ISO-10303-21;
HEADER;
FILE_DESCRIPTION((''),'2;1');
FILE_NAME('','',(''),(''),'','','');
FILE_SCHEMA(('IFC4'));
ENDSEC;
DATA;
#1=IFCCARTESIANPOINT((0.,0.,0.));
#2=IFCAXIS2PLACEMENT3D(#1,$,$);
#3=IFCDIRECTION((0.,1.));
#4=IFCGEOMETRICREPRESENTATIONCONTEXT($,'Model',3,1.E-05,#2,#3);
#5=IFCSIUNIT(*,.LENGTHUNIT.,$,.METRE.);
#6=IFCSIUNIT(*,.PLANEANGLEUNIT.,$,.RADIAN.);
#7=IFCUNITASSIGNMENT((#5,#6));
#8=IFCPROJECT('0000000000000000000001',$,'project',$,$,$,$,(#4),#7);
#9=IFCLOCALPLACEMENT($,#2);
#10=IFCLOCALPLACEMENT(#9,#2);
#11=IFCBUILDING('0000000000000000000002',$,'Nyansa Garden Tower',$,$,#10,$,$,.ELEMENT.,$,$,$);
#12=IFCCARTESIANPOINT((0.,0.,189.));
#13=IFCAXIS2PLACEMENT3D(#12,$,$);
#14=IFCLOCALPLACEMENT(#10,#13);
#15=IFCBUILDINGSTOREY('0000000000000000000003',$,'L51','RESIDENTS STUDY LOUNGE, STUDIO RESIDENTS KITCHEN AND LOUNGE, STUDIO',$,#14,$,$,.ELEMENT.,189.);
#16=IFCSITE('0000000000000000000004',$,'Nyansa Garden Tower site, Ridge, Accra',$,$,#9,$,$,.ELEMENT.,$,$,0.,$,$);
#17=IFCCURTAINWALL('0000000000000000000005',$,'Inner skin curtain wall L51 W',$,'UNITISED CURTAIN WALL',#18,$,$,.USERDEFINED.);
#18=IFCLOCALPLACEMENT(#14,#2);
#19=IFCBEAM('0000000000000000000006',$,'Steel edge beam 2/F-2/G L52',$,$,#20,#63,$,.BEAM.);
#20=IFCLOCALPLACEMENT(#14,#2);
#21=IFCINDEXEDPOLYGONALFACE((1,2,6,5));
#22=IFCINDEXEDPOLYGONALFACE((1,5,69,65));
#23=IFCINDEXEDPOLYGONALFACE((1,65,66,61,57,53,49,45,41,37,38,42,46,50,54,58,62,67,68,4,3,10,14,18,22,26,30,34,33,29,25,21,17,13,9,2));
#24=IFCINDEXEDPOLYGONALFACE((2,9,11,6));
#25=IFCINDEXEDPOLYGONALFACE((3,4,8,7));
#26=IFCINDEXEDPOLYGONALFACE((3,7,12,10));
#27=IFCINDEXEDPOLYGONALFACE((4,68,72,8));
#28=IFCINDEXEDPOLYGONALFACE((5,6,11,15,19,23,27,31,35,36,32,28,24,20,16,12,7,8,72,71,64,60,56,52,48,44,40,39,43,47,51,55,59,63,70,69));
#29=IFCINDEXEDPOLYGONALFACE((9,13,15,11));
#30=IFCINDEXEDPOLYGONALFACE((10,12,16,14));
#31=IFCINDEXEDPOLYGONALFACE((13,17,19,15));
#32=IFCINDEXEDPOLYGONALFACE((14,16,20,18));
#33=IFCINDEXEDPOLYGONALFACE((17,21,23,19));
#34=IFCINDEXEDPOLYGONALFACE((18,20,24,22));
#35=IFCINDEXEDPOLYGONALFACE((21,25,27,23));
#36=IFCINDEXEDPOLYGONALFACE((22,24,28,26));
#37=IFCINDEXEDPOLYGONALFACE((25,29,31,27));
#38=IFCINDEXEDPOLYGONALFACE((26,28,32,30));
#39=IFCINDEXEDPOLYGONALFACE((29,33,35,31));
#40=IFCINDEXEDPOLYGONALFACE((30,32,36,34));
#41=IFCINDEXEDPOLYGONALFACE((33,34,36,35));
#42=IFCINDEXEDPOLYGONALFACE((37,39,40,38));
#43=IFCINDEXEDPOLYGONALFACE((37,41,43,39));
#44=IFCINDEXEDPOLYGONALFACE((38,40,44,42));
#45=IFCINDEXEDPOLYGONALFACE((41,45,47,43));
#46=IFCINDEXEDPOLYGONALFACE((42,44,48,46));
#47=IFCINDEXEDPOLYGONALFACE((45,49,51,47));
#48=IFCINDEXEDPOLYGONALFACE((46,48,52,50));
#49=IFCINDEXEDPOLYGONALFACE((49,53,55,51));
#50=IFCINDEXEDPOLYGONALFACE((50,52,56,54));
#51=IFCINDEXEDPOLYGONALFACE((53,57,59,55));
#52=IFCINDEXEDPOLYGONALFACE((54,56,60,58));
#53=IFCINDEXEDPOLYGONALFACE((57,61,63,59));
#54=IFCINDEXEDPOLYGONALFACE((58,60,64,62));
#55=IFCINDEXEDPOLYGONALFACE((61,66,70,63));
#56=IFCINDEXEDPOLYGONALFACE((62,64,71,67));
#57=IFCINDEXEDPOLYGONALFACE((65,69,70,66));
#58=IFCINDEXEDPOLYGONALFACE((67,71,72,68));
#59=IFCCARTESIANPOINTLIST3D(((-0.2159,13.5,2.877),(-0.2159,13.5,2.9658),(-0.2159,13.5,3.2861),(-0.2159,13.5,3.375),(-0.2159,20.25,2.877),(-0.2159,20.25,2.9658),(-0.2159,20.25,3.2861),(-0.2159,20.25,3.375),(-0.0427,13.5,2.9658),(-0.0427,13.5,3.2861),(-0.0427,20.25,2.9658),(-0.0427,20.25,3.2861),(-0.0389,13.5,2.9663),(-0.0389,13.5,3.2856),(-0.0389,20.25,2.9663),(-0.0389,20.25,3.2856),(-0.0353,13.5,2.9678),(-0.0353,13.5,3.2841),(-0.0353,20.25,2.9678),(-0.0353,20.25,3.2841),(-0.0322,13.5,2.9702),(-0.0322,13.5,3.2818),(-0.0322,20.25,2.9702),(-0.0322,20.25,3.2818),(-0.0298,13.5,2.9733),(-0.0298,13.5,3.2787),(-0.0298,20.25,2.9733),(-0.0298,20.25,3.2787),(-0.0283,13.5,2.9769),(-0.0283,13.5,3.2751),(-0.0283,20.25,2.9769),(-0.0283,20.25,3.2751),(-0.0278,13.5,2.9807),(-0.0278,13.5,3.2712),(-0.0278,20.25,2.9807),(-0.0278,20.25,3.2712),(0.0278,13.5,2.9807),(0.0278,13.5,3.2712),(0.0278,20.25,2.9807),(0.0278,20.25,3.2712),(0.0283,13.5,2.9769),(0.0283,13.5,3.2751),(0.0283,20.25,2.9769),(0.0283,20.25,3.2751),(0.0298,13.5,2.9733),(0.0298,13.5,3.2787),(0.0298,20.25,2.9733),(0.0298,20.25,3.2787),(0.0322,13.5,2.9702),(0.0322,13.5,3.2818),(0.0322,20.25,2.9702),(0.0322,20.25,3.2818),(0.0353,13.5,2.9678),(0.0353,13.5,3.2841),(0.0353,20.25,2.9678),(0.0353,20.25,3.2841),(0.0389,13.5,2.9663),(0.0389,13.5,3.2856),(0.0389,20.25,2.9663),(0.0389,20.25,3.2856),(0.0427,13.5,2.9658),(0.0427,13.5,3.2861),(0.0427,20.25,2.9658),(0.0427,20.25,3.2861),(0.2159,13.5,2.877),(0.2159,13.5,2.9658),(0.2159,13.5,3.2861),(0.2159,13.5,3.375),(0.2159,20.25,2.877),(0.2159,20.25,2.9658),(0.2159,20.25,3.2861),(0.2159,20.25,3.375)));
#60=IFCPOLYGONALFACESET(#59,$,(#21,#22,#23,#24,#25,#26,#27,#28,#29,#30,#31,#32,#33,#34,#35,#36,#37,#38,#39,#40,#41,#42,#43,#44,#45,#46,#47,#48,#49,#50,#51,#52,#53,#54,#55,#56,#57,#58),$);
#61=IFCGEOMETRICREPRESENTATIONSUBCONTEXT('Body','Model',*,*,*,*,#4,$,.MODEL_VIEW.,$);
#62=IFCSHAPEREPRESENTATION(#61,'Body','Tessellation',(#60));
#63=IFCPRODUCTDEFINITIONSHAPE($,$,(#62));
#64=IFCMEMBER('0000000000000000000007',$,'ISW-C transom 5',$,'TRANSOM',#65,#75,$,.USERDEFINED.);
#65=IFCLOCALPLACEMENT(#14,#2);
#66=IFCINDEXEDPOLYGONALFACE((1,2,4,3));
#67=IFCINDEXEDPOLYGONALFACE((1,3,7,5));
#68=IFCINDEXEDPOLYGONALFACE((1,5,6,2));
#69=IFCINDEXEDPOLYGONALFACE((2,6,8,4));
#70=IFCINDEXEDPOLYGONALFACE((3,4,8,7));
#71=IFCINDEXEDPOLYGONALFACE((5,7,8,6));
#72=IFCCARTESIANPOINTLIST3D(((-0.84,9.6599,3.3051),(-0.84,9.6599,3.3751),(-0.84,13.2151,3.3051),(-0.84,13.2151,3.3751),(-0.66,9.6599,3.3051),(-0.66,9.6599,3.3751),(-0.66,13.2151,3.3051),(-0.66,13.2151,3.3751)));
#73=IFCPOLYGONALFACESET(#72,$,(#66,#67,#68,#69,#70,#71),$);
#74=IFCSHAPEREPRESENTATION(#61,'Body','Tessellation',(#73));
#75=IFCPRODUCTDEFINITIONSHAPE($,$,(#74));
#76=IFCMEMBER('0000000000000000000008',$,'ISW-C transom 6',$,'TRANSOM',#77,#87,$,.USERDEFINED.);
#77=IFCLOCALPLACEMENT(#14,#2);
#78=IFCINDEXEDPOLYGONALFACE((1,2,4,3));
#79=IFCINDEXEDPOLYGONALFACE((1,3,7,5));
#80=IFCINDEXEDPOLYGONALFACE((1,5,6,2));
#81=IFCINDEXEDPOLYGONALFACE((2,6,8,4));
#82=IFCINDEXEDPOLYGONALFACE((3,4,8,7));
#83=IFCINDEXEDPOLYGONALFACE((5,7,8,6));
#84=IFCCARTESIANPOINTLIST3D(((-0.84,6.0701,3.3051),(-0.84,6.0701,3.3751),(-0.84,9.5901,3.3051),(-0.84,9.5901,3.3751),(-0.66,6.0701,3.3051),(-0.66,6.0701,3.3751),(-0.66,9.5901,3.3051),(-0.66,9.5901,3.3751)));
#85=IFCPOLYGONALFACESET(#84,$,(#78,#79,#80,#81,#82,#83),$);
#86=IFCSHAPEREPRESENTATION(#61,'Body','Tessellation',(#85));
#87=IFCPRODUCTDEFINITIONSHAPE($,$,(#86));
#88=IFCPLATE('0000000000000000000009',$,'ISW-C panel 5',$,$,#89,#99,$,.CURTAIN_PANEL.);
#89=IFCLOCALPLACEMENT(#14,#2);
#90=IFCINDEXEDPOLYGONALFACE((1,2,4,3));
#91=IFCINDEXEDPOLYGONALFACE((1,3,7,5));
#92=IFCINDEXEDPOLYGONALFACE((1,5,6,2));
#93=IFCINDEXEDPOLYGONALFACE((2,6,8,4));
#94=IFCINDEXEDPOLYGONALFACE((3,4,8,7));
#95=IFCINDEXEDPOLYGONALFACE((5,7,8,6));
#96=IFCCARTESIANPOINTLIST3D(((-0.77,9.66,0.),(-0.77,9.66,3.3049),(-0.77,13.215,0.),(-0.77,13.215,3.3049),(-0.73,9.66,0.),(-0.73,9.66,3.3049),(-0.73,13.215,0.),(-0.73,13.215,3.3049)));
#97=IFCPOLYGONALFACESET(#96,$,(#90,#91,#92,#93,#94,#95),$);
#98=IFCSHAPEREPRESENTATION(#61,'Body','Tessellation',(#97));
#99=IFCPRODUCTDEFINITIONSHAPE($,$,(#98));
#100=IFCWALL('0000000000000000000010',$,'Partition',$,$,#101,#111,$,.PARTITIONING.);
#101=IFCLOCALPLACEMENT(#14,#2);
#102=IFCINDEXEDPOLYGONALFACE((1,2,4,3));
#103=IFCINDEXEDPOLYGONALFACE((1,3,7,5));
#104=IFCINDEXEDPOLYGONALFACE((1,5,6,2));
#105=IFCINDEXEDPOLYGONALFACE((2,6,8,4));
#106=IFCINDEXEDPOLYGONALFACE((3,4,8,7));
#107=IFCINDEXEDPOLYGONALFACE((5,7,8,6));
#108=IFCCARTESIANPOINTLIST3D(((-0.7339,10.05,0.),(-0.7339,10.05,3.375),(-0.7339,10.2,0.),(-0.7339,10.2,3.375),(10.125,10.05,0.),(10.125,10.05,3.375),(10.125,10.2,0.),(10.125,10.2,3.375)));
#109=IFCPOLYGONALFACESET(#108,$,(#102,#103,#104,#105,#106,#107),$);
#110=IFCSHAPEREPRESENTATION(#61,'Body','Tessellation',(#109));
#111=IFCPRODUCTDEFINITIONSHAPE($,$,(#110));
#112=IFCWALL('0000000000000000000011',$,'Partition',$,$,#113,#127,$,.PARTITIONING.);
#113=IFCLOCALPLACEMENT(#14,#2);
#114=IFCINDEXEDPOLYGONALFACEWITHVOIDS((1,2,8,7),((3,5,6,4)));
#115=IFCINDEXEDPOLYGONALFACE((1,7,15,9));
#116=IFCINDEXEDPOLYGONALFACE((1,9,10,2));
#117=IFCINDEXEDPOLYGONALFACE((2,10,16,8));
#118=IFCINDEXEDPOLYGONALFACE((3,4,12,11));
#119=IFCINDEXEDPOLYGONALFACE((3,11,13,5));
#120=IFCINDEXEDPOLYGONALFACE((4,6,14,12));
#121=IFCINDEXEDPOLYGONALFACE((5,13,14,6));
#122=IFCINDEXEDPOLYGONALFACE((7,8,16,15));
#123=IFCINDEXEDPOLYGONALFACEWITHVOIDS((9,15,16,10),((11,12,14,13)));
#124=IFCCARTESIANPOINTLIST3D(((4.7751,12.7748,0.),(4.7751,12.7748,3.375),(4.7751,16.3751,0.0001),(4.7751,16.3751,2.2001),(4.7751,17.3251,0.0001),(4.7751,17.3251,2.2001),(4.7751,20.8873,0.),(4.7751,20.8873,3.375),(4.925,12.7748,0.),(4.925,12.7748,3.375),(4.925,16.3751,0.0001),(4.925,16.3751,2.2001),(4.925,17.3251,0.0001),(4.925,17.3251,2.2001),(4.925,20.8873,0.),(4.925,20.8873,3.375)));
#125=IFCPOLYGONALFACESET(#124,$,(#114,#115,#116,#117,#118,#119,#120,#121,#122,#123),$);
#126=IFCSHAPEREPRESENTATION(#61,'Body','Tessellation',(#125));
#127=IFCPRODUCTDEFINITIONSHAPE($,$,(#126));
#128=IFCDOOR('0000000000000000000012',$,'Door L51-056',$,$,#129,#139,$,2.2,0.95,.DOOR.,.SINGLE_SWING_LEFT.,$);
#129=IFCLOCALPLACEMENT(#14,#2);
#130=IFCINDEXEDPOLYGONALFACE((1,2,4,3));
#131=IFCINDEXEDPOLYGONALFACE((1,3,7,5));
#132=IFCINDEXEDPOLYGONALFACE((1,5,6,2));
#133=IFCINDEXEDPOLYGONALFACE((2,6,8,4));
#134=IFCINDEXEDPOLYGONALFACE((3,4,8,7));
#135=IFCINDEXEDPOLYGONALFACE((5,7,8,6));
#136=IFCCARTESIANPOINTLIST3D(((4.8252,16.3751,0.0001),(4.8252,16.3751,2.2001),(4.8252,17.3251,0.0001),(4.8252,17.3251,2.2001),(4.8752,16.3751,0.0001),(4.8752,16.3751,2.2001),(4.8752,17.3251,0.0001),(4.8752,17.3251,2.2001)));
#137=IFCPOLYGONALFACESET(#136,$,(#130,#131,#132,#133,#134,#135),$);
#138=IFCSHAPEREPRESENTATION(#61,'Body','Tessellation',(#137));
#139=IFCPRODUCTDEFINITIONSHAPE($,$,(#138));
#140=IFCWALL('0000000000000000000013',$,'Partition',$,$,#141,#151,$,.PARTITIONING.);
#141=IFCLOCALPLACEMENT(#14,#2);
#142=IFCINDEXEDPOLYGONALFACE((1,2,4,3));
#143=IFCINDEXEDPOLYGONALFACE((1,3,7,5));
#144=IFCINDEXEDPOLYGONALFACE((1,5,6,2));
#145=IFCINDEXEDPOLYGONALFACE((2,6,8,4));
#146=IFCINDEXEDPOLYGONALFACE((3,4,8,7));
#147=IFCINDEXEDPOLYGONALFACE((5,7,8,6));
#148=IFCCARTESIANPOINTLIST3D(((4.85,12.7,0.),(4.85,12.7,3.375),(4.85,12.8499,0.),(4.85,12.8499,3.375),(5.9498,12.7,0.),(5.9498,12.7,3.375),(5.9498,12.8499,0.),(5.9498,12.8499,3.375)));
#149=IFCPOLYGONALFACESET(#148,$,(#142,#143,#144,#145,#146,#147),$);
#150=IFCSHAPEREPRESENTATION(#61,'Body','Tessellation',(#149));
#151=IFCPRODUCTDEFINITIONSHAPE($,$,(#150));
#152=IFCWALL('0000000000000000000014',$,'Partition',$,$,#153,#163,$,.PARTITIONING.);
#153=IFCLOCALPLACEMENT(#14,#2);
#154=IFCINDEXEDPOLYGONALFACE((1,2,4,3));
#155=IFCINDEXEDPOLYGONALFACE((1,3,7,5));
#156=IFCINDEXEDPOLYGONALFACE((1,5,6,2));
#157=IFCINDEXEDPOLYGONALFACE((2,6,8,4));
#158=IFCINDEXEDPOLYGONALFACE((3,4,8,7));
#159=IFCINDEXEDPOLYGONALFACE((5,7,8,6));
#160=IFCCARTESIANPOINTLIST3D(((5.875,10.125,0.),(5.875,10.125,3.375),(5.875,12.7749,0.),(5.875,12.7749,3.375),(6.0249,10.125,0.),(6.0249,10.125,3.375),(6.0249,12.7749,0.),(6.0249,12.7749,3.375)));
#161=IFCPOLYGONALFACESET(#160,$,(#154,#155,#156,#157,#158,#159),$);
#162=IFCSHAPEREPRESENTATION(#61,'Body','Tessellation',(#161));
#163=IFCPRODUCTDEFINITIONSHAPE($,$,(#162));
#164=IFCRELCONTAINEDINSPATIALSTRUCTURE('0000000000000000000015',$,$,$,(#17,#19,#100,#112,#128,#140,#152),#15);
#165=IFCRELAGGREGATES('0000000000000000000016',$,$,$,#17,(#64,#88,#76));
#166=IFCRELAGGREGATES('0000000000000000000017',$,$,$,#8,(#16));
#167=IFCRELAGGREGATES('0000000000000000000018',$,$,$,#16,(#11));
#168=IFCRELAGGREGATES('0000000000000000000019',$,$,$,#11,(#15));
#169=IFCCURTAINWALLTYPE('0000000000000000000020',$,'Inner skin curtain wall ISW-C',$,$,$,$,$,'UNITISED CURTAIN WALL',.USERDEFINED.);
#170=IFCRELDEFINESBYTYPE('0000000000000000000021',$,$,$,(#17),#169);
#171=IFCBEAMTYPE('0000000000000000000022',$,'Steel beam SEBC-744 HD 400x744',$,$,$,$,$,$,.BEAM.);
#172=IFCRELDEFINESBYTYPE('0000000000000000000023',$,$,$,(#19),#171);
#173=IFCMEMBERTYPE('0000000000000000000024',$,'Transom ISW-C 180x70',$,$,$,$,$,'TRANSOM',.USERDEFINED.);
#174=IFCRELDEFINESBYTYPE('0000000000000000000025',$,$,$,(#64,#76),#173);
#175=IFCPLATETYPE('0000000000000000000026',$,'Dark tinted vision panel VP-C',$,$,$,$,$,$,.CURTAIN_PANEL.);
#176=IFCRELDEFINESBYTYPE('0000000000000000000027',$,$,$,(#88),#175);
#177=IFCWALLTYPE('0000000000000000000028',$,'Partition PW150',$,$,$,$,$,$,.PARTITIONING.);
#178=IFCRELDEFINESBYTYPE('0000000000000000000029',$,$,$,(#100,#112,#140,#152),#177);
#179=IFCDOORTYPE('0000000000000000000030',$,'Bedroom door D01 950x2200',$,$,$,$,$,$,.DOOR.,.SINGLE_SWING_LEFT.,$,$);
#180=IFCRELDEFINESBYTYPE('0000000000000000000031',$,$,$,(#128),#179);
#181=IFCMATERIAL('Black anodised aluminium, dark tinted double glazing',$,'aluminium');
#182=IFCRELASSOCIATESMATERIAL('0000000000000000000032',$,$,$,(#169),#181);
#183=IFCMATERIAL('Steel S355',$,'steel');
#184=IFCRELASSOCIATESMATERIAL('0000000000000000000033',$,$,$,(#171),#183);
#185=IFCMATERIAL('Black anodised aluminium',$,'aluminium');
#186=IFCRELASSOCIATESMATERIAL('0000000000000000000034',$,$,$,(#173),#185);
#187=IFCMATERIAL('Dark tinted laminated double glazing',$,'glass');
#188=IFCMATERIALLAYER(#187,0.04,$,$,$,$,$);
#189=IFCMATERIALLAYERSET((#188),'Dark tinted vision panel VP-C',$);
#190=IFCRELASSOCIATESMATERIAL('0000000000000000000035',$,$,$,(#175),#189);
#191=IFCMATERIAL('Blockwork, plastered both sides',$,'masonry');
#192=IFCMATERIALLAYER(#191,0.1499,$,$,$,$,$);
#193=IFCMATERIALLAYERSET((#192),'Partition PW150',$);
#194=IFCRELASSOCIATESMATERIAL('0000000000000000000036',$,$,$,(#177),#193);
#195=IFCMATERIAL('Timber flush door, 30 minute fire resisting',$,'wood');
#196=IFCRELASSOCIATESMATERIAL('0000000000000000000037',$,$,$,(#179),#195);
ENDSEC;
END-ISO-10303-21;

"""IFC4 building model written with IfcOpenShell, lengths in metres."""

from ifc_helpers import new_model, si_unit, direction, frame, frame_2d, origin, origin_2d, place, context, subcontext, project, spatial, rectangle, i_section, extrude, material, layer, layer_set, material_profile, profile_set, type_object, element, fill, aggregate, save


model = new_model("IFC4")

# Units and contexts
model_context = context("Model", 3, precision=1e-05, world=origin(), true_north=direction((0.0, 1.0)))
body_context = subcontext(model_context, "Body", "Model", "MODEL_VIEW")
ifc_project = project(units=[si_unit("LENGTHUNIT", "METRE"), si_unit("PLANEANGLEUNIT", "RADIAN")], contexts=[model_context])

# Site, building, storey
site_placement = place(None, origin())
site = spatial("IfcSite", under=ifc_project, at=site_placement, Name="Nyansa Garden Tower site, Ridge, Accra", CompositionType="ELEMENT", RefElevation=0.0)
building_placement = place(site_placement, origin())
building = spatial("IfcBuilding", under=site, at=building_placement, Name="Nyansa Garden Tower", CompositionType="ELEMENT")
storey_placement = place(building_placement, frame((0.0, 0.0, 189.0)))
storey = spatial("IfcBuildingStorey", under=building, at=storey_placement, Name="L51", Description="RESIDENTS STUDY LOUNGE, STUDIO RESIDENTS KITCHEN AND LOUNGE, STUDIO", CompositionType="ELEMENT", Elevation=189.0)

# Curtain wall
ifc_material_1 = material(Name="Black anodised aluminium, dark tinted double glazing", Category="aluminium")
curtain_wall_type = type_object("IfcCurtainWallType", Name="Inner skin curtain wall ISW-C", ElementType="UNITISED CURTAIN WALL", PredefinedType="USERDEFINED", material=ifc_material_1)
curtain_wall_placement = place(storey_placement, origin())
curtain_wall = element("IfcCurtainWall", 1, at=curtain_wall_placement, inside=storey, type_object=curtain_wall_type, Name="Inner skin curtain wall L51 W", ObjectType="UNITISED CURTAIN WALL", PredefinedType="USERDEFINED")

# Beam
ifc_material_2 = material(Name="Steel S355", Category="steel")
ifc_material_profile_1 = material_profile(ifc_material_2, i_section(OverallWidth=0.4319, OverallDepth=0.498, WebThickness=0.0557, FlangeThickness=0.0889, FilletRadius=0.0149, at=origin_2d()), Name="HD 400x744")
ifc_profile_set_1 = profile_set([ifc_material_profile_1], Name="Steel S355")
beam_type_1 = type_object("IfcBeamType", Name="Steel beam SEBC-744 HD 400x744", PredefinedType="BEAM", material=ifc_profile_set_1)
beam_1_placement = place(storey_placement, frame((0.0, 13.5, 3.126), z_axis=(0.0, 1.0, 0.0), x_axis=(-1.0, 0.0, 0.0)))
element("IfcBeam", 2, at=beam_1_placement, inside=storey, type_object=beam_type_1, Name="Steel edge beam 2/F-2/G L52", PredefinedType="BEAM", context=body_context, shape_type="SweptSolid", body=[
    extrude(i_section(OverallWidth=0.4319, OverallDepth=0.498, WebThickness=0.0557, FlangeThickness=0.0889, FilletRadius=0.0149, at=origin_2d()), origin(), (0.0, 0.0, 1.0), 6.75),
])

# Members
ifc_material_3 = material(Name="Black anodised aluminium", Category="aluminium")
ifc_material_profile_2 = material_profile(ifc_material_3, rectangle(XDim=0.1799, YDim=0.0701, at=origin_2d()), Name="Transom 180x70")
ifc_profile_set_2 = profile_set([ifc_material_profile_2], Name="Black anodised aluminium")
member_type_1 = type_object("IfcMemberType", Name="Transom ISW-C 180x70", ElementType="TRANSOM", PredefinedType="USERDEFINED", material=ifc_profile_set_2)
member_1_placement = place(storey_placement, frame((-0.75, 13.2151, 3.3401), z_axis=(0.0, -1.0, 0.0), x_axis=(1.0, 0.0, 0.0)))
member_1 = element("IfcMember", 3, at=member_1_placement, type_object=member_type_1, Name="ISW-C transom 5", ObjectType="TRANSOM", PredefinedType="USERDEFINED", context=body_context, shape_type="SweptSolid", body=[
    extrude(rectangle(XDim=0.1799, YDim=0.0701, at=origin_2d()), origin(), (0.0, 0.0, 1.0), 3.5552),
])
member_2_placement = place(storey_placement, frame((-0.75, 9.5901, 3.3401), z_axis=(0.0, -1.0, 0.0), x_axis=(1.0, 0.0, 0.0)))
member_2 = element("IfcMember", 4, at=member_2_placement, type_object=member_type_1, Name="ISW-C transom 6", ObjectType="TRANSOM", PredefinedType="USERDEFINED", context=body_context, shape_type="SweptSolid", body=[
    extrude(rectangle(XDim=0.1799, YDim=0.0701, at=origin_2d()), origin(), (0.0, 0.0, 1.0), 3.52),
])

# Plate
ifc_material_4 = material(Name="Dark tinted laminated double glazing", Category="glass")
ifc_layer_1 = layer(ifc_material_4, 0.04)
ifc_layer_set_1 = layer_set([ifc_layer_1], Name="Dark tinted vision panel VP-C")
plate_type = type_object("IfcPlateType", Name="Dark tinted vision panel VP-C", PredefinedType="CURTAIN_PANEL", material=ifc_layer_set_1)
plate_placement = place(storey_placement, frame((-0.75, 11.4375, 0.0), z_axis=(0.0, 0.0, 1.0), x_axis=(0.0, -1.0, 0.0)))
plate = element("IfcPlate", 5, at=plate_placement, type_object=plate_type, Name="ISW-C panel 5", PredefinedType="CURTAIN_PANEL", context=body_context, shape_type="SweptSolid", body=[
    extrude(rectangle(XDim=3.5549, YDim=0.04, at=origin_2d()), origin(), (0.0, 0.0, 1.0), 3.3049),
])
aggregate(curtain_wall, [member_1, plate, member_2])

# Wall
ifc_material_5 = material(Name="Blockwork, plastered both sides", Category="masonry")
ifc_layer_2 = layer(ifc_material_5, 0.1499)
ifc_layer_set_2 = layer_set([ifc_layer_2], Name="Partition PW150")
wall_type_1 = type_object("IfcWallType", Name="Partition PW150", PredefinedType="PARTITIONING", material=ifc_layer_set_2)
wall_1_placement = place(storey_placement, frame((-0.7339, 10.125, 0.0), z_axis=(0.0, 0.0, 1.0), x_axis=(1.0, 0.0, 0.0)))
element("IfcWall", 6, at=wall_1_placement, inside=storey, type_object=wall_type_1, Name="Partition", PredefinedType="PARTITIONING", context=body_context, shape_type="SweptSolid", body=[
    extrude(rectangle(XDim=10.8589, YDim=0.1499, at=frame_2d((5.4294, 0.0))), origin(), (0.0, 0.0, 1.0), 3.375),
])

# Wall, opening, door
wall_2_placement = place(storey_placement, frame((4.8501, 12.7749, 0.0), z_axis=(0.0, 0.0, 1.0), x_axis=(0.0, 1.0, 0.0)))
wall_2 = element("IfcWall", 7, at=wall_2_placement, inside=storey, type_object=wall_type_1, Name="Partition", PredefinedType="PARTITIONING", context=body_context, shape_type="SweptSolid", body=[
    extrude(rectangle(XDim=8.1125, YDim=0.1499, at=frame_2d((4.0562, 0.0))), origin(), (0.0, 0.0, 1.0), 3.375),
])
opening_1_placement = place(wall_2_placement, frame((3.6001, 0.0, 0.0)))
opening_1 = element("IfcOpeningElement", 8, at=opening_1_placement, cuts=wall_2, PredefinedType="OPENING", context=body_context, shape_type="SweptSolid", body=[
    extrude(rectangle(XDim=0.95, YDim=2.2, at=frame_2d((0.4751, 1.1001))), frame((0.0, 0.085, 0.0), z_axis=(0.0, -1.0, 0.0), x_axis=(1.0, 0.0, 0.0)), (0.0, 0.0, 1.0), 0.1699),
])
ifc_material_6 = material(Name="Timber flush door, 30 minute fire resisting", Category="wood")
door_type_1 = type_object("IfcDoorType", Name="Bedroom door D01 950x2200", OperationType="SINGLE_SWING_LEFT", PredefinedType="DOOR", material=ifc_material_6)
door_1_placement = place(opening_1_placement, origin())
door_1 = element("IfcDoor", 9, at=door_1_placement, inside=storey, type_object=door_type_1, Name="Door L51-056", OperationType="SINGLE_SWING_LEFT", OverallHeight=2.2, OverallWidth=0.95, PredefinedType="DOOR", context=body_context, shape_type="SweptSolid", body=[
    extrude(rectangle(XDim=0.95, YDim=2.2, at=frame_2d((0.4751, 1.1001))), frame((0.0, 0.0249, 0.0), z_axis=(0.0, -1.0, 0.0), x_axis=(1.0, 0.0, 0.0)), (0.0, 0.0, 1.0), 0.05),
])
fill(opening_1, door_1)

# Walls
wall_3_placement = place(storey_placement, frame((4.8501, 12.7749, 0.0), z_axis=(0.0, 0.0, 1.0), x_axis=(1.0, 0.0, 0.0)))
element("IfcWall", 10, at=wall_3_placement, inside=storey, type_object=wall_type_1, Name="Partition", PredefinedType="PARTITIONING", context=body_context, shape_type="SweptSolid", body=[
    extrude(rectangle(XDim=1.0999, YDim=0.1499, at=frame_2d((0.5498, 0.0))), origin(), (0.0, 0.0, 1.0), 3.375),
])
wall_4_placement = place(storey_placement, frame((5.95, 10.125, 0.0), z_axis=(0.0, 0.0, 1.0), x_axis=(0.0, 1.0, 0.0)))
element("IfcWall", 11, at=wall_4_placement, inside=storey, type_object=wall_type_1, Name="Partition", PredefinedType="PARTITIONING", context=body_context, shape_type="SweptSolid", body=[
    extrude(rectangle(XDim=2.6499, YDim=0.1499, at=frame_2d((1.325, 0.0))), origin(), (0.0, 0.0, 1.0), 3.375),
])

save(model, "model.ifc")
